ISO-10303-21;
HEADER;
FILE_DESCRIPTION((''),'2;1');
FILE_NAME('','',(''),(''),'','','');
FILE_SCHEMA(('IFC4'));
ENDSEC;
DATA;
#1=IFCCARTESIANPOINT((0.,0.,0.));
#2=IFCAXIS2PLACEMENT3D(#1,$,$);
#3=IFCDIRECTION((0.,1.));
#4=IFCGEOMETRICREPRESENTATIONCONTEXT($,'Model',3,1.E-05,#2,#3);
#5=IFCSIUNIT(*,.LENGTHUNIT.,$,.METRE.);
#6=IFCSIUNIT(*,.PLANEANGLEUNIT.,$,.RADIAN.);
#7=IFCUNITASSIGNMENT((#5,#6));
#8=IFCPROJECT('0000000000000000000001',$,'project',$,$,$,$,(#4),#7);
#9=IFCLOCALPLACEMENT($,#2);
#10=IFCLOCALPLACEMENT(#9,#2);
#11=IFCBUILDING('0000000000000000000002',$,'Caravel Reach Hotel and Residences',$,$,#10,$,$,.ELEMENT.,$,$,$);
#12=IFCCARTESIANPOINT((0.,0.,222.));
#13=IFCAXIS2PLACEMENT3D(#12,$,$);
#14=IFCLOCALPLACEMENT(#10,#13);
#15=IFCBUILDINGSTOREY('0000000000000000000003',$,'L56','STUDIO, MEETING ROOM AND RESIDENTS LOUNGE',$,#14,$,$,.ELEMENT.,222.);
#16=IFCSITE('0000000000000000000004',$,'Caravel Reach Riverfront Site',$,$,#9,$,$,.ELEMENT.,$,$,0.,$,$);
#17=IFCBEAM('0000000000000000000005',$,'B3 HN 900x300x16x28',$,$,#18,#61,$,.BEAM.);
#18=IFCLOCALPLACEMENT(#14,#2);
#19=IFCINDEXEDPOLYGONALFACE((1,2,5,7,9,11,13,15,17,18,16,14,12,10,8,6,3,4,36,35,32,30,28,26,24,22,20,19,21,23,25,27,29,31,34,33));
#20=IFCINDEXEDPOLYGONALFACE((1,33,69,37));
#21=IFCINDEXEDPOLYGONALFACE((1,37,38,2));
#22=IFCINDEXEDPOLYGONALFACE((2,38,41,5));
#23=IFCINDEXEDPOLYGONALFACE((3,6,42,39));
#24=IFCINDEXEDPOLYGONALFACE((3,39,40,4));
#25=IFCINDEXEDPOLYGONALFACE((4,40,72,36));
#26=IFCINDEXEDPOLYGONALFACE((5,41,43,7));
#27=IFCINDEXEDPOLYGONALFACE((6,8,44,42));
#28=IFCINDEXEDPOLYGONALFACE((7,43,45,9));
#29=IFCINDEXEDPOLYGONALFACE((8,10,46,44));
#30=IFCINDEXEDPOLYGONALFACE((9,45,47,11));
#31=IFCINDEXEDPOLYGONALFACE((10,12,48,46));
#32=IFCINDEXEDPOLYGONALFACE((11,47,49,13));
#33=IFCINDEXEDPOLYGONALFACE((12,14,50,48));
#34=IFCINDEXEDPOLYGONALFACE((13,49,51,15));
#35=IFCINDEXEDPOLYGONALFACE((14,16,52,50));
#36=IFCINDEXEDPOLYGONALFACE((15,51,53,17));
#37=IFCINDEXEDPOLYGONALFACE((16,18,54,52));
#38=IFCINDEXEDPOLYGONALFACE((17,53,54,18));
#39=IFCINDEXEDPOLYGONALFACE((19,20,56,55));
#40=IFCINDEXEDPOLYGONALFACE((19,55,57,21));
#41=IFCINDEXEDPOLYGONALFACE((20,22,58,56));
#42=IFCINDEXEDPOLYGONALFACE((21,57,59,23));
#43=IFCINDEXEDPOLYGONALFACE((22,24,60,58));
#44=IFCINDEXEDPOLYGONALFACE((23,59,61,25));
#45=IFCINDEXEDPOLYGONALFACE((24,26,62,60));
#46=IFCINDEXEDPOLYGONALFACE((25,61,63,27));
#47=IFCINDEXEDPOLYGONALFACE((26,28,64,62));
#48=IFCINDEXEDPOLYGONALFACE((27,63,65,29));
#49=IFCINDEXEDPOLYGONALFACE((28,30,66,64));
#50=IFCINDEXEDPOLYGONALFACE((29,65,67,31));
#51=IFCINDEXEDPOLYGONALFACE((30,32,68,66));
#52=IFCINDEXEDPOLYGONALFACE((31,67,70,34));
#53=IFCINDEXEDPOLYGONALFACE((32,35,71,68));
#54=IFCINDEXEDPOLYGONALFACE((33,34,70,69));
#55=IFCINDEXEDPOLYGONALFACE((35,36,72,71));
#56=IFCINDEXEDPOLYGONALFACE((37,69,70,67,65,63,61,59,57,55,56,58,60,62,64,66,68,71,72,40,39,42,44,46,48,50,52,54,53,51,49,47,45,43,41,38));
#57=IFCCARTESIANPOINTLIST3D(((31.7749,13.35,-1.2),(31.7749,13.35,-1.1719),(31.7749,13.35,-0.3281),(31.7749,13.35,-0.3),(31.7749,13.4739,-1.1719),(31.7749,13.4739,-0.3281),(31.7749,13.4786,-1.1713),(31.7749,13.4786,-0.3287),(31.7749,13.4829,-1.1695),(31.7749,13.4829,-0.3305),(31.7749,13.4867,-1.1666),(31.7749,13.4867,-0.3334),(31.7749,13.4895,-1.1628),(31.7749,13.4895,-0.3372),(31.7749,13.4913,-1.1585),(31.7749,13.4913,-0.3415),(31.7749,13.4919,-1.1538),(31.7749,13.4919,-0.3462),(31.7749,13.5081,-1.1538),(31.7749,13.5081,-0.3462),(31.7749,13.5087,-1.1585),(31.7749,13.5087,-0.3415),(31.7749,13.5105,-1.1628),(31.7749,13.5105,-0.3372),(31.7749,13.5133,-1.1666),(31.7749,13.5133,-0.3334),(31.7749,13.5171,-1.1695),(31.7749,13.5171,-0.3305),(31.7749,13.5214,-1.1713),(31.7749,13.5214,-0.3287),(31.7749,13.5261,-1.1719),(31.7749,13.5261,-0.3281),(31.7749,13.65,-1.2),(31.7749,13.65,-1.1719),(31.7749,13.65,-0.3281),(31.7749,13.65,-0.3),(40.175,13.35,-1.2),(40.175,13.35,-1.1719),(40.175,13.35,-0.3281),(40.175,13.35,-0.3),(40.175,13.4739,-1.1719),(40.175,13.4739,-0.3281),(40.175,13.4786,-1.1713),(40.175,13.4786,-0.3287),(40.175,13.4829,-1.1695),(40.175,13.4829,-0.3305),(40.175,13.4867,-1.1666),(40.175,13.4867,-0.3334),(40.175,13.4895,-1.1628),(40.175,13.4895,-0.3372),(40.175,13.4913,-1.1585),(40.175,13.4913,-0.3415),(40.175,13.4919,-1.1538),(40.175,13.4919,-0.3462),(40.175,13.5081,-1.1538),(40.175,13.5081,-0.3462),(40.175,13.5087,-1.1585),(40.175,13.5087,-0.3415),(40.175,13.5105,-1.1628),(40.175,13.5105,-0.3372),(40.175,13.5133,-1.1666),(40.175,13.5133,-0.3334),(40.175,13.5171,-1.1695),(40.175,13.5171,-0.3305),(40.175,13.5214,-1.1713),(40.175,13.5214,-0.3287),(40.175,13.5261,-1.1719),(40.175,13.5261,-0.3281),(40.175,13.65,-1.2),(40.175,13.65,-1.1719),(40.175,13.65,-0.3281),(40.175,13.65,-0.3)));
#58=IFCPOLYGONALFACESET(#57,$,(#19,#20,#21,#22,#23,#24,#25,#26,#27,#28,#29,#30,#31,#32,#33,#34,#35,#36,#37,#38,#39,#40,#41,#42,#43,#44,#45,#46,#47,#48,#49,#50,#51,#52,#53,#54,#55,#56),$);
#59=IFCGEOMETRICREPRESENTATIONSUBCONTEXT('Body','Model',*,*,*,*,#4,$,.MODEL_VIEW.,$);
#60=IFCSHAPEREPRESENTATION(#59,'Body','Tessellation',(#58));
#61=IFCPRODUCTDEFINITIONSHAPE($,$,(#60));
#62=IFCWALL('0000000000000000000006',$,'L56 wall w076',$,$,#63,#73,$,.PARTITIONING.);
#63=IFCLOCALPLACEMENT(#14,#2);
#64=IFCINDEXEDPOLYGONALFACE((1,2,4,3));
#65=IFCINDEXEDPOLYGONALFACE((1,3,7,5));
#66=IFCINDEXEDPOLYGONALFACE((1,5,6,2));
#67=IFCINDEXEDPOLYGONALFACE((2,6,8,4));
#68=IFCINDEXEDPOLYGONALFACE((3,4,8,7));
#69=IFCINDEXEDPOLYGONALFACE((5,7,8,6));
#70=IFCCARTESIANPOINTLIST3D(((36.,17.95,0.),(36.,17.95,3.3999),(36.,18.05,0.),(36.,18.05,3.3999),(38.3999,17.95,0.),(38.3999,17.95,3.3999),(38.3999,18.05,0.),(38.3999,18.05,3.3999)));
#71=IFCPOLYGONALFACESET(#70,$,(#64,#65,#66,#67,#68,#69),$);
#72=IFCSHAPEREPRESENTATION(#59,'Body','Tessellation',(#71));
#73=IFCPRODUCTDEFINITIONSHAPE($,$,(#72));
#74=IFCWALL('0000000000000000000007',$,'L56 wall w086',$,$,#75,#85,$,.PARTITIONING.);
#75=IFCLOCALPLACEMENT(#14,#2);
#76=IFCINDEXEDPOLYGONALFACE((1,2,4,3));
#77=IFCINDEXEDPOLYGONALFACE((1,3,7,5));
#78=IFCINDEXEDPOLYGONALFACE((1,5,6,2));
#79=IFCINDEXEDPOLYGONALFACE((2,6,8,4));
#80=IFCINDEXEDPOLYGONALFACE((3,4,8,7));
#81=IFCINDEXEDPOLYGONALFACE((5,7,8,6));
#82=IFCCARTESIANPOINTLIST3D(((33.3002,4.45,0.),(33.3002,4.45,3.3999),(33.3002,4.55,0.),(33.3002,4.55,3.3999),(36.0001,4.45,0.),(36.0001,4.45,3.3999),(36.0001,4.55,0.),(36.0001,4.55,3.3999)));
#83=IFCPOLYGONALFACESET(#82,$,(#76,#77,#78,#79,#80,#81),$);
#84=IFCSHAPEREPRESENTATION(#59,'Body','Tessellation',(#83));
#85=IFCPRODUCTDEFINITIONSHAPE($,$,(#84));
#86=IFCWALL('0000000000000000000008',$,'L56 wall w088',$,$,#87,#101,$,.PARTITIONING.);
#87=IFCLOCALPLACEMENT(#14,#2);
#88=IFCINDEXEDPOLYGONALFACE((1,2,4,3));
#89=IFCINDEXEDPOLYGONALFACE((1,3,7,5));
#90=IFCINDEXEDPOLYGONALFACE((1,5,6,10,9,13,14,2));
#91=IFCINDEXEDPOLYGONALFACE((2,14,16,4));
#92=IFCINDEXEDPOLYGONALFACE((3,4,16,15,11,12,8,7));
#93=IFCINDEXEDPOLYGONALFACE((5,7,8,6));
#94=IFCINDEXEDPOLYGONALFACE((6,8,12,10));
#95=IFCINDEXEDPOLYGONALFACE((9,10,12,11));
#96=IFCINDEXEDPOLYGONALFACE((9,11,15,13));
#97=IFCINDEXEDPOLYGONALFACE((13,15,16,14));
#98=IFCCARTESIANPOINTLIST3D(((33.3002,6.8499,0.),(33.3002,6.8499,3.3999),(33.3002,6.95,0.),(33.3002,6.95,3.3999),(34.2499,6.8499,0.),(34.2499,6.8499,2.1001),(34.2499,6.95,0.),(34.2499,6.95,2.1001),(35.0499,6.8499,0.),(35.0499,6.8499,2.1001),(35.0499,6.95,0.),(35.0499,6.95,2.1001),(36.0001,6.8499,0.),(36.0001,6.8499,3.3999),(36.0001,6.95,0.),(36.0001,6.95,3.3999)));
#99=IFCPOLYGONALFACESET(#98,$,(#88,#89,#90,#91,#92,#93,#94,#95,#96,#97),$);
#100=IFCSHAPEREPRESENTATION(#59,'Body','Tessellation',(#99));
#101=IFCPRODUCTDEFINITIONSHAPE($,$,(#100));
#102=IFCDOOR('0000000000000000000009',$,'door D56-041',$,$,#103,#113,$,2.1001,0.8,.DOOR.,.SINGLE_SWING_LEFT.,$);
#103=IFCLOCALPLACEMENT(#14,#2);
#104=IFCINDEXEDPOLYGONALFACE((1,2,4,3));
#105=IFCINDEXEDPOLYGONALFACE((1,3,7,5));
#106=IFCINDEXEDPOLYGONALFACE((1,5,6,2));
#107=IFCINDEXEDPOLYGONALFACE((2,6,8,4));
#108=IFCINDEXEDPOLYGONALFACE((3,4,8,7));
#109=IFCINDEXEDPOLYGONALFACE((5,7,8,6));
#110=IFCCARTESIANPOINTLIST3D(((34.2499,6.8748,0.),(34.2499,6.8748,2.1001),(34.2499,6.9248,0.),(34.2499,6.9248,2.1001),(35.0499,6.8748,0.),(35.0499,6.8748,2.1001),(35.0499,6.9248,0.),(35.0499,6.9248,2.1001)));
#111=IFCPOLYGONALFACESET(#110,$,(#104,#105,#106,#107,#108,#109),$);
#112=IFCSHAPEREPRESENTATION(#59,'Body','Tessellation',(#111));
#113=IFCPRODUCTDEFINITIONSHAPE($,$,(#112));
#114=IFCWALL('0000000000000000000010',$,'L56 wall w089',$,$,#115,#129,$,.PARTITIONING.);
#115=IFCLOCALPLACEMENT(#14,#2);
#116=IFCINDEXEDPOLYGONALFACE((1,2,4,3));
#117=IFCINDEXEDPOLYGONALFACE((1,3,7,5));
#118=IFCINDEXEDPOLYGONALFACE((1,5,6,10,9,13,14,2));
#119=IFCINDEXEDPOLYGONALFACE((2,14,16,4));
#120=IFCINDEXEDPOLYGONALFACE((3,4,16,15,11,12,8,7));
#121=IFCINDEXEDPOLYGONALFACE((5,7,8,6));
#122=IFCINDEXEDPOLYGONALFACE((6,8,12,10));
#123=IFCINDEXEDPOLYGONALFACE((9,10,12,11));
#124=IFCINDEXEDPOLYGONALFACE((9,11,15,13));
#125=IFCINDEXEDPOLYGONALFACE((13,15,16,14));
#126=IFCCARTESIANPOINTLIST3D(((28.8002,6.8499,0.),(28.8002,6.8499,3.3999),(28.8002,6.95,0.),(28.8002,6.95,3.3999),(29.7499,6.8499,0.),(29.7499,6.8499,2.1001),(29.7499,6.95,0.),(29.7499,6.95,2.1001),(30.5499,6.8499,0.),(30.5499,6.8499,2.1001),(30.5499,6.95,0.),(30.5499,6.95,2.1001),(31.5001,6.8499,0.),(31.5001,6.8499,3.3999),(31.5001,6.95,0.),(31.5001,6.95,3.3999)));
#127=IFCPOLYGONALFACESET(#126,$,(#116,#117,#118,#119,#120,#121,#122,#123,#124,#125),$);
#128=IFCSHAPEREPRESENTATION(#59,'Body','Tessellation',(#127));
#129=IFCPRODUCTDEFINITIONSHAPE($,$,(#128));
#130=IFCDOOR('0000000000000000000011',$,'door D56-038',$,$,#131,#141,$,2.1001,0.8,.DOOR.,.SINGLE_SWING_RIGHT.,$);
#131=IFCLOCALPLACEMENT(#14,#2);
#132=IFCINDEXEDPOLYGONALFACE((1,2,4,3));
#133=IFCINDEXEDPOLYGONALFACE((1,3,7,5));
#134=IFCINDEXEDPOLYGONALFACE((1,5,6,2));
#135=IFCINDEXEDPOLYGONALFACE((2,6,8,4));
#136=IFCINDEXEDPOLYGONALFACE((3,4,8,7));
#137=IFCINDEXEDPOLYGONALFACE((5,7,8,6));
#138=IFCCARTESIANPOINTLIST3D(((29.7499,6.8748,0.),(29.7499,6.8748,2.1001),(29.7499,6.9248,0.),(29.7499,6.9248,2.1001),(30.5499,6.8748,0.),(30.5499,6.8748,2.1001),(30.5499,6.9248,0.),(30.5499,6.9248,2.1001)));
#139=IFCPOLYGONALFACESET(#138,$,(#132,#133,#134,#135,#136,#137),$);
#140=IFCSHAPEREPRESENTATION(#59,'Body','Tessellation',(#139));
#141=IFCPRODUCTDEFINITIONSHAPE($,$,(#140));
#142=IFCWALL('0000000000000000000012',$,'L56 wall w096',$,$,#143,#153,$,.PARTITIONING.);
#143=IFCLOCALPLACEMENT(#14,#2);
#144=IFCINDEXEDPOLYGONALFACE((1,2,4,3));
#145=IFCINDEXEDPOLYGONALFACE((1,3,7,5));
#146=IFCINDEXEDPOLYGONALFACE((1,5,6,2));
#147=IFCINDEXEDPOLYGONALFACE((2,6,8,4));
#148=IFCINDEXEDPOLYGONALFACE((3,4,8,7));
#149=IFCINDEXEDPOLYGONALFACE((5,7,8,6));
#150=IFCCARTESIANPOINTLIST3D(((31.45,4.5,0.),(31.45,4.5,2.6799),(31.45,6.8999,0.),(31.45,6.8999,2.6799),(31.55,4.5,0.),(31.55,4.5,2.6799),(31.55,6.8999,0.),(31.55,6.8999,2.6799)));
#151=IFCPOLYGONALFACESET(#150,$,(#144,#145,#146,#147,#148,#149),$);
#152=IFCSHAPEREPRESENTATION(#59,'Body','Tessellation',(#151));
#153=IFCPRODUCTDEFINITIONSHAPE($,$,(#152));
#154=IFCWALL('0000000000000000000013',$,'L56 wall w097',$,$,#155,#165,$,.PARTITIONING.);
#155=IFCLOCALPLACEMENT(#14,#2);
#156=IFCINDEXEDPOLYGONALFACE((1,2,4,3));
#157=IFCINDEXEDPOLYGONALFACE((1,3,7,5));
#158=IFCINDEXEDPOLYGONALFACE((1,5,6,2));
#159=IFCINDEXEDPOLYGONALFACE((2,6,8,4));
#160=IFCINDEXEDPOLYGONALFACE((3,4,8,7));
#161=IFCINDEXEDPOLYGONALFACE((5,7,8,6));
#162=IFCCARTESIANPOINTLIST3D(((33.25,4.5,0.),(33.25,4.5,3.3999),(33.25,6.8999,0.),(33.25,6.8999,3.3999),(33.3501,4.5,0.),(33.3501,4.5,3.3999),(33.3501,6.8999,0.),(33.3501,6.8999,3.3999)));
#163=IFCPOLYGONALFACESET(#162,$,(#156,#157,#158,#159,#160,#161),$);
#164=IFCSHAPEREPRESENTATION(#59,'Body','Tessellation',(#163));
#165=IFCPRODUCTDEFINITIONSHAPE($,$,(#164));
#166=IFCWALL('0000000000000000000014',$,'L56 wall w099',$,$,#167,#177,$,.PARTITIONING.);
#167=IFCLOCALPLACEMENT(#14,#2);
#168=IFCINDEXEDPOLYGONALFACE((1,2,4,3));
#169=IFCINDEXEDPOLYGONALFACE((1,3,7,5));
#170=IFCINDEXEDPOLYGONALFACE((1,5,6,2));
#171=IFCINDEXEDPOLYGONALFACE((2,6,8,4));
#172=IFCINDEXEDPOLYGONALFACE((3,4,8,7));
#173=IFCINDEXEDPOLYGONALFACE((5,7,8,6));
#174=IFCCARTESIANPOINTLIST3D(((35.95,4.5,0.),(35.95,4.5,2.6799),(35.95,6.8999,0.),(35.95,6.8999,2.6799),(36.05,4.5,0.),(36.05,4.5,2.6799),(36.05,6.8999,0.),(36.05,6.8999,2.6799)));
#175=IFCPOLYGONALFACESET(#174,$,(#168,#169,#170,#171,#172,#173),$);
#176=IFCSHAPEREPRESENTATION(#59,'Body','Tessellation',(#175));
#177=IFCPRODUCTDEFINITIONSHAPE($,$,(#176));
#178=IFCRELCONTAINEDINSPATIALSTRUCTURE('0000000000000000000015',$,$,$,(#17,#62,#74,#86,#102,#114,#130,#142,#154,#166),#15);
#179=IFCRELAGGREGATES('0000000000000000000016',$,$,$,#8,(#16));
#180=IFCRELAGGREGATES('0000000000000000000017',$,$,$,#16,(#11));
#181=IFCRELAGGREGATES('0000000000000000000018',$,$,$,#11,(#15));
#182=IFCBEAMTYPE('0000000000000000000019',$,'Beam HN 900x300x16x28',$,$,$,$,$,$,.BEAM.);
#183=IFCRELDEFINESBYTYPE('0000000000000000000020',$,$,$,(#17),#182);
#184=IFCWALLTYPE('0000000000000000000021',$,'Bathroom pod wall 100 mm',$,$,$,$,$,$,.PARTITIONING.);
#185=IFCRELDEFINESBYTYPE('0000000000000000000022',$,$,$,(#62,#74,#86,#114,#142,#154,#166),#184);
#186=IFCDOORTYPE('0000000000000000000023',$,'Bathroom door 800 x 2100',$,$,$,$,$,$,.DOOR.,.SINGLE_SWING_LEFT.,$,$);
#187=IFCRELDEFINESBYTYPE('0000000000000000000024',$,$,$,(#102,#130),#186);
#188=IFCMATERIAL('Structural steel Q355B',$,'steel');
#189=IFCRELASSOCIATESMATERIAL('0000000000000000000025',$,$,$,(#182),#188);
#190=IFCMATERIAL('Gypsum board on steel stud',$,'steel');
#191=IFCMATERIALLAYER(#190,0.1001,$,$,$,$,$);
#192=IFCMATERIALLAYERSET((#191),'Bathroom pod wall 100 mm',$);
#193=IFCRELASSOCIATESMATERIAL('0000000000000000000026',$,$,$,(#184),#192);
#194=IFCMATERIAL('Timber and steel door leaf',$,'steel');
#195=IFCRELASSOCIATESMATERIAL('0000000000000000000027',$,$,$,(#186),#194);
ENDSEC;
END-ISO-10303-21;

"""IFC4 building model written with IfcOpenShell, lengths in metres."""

from ifc_helpers import new_model, si_unit, direction, frame, frame_2d, origin, origin_2d, place, context, subcontext, project, spatial, rectangle, i_section, extrude, material, layer, layer_set, material_profile, profile_set, type_object, element, fill, save


model = new_model("IFC4")

# Units and contexts
model_context = context("Model", 3, precision=1e-05, world=origin(), true_north=direction((0.0, 1.0)))
body_context = subcontext(model_context, "Body", "Model", "MODEL_VIEW")
ifc_project = project(units=[si_unit("LENGTHUNIT", "METRE"), si_unit("PLANEANGLEUNIT", "RADIAN")], contexts=[model_context])

# Site, building, storey
site_placement = place(None, origin())
site = spatial("IfcSite", under=ifc_project, at=site_placement, Name="Caravel Reach Riverfront Site", CompositionType="ELEMENT", RefElevation=0.0)
building_placement = place(site_placement, origin())
building = spatial("IfcBuilding", under=site, at=building_placement, Name="Caravel Reach Hotel and Residences", CompositionType="ELEMENT")
storey_placement = place(building_placement, frame((0.0, 0.0, 222.0)))
storey = spatial("IfcBuildingStorey", under=building, at=storey_placement, Name="L56", Description="STUDIO, MEETING ROOM AND RESIDENTS LOUNGE", CompositionType="ELEMENT", Elevation=222.0)

# Beam
ifc_material_1 = material(Name="Structural steel Q355B", Category="steel")
ifc_material_profile_1 = material_profile(ifc_material_1, i_section(OverallWidth=0.3, OverallDepth=0.8999, WebThickness=0.0161, FlangeThickness=0.0281, FilletRadius=0.0181, at=origin_2d()), Name="HN 900x300x16x28")
ifc_profile_set_1 = profile_set([ifc_material_profile_1], Name="Structural steel Q355B")
beam_type_1 = type_object("IfcBeamType", Name="Beam HN 900x300x16x28", PredefinedType="BEAM", material=ifc_profile_set_1)
beam_1_placement = place(storey_placement, frame((31.7749, 13.5, -0.75), z_axis=(1.0, 0.0, 0.0), x_axis=(0.0, 1.0, 0.0)))
element("IfcBeam", 1, at=beam_1_placement, inside=storey, type_object=beam_type_1, Name="B3 HN 900x300x16x28", PredefinedType="BEAM", context=body_context, shape_type="SweptSolid", body=[
    extrude(i_section(OverallWidth=0.3, OverallDepth=0.8999, WebThickness=0.0161, FlangeThickness=0.0281, FilletRadius=0.0181, at=origin_2d()), origin(), (0.0, 0.0, 1.0), 8.4001),
])

# Walls
ifc_material_2 = material(Name="Gypsum board on steel stud", Category="steel")
ifc_layer_1 = layer(ifc_material_2, 0.1001)
ifc_layer_set_1 = layer_set([ifc_layer_1], Name="Bathroom pod wall 100 mm")
wall_type_1 = type_object("IfcWallType", Name="Bathroom pod wall 100 mm", PredefinedType="PARTITIONING", material=ifc_layer_set_1)
wall_1_placement = place(storey_placement, frame((36.0, 18.0, 0.0), z_axis=(0.0, 0.0, 1.0), x_axis=(1.0, 0.0, 0.0)))
element("IfcWall", 2, at=wall_1_placement, inside=storey, type_object=wall_type_1, Name="L56 wall w076", PredefinedType="PARTITIONING", context=body_context, shape_type="SweptSolid", body=[
    extrude(rectangle(XDim=2.3999, YDim=0.1001, at=frame_2d((1.2, 0.0))), origin(), (0.0, 0.0, 1.0), 3.3999),
])
wall_2_placement = place(storey_placement, frame((33.3, 4.5, 0.0), z_axis=(0.0, 0.0, 1.0), x_axis=(1.0, 0.0, 0.0)))
element("IfcWall", 3, at=wall_2_placement, inside=storey, type_object=wall_type_1, Name="L56 wall w086", PredefinedType="PARTITIONING", context=body_context, shape_type="SweptSolid", body=[
    extrude(rectangle(XDim=2.7, YDim=0.1001, at=frame_2d((1.3501, 0.0))), origin(), (0.0, 0.0, 1.0), 3.3999),
])

# Walls, openings, doors
wall_3_placement = place(storey_placement, frame((33.3, 6.8999, 0.0), z_axis=(0.0, 0.0, 1.0), x_axis=(1.0, 0.0, 0.0)))
wall_3 = element("IfcWall", 4, at=wall_3_placement, inside=storey, type_object=wall_type_1, Name="L56 wall w088", PredefinedType="PARTITIONING", context=body_context, shape_type="SweptSolid", body=[
    extrude(rectangle(XDim=2.7, YDim=0.1001, at=frame_2d((1.3501, 0.0))), origin(), (0.0, 0.0, 1.0), 3.3999),
])
opening_1_placement = place(wall_3_placement, frame((0.95, 0.0, 0.0)))
opening_1 = element("IfcOpeningElement", 5, at=opening_1_placement, cuts=wall_3, PredefinedType="OPENING", context=body_context, shape_type="SweptSolid", body=[
    extrude(rectangle(XDim=0.8, YDim=2.1001, at=frame_2d((0.3999, 1.05))), frame((0.0, 0.0601, 0.0), z_axis=(0.0, -1.0, 0.0), x_axis=(1.0, 0.0, 0.0)), (0.0, 0.0, 1.0), 0.1201),
])
ifc_material_3 = material(Name="Timber and steel door leaf", Category="steel")
door_type_1 = type_object("IfcDoorType", Name="Bathroom door 800 x 2100", OperationType="SINGLE_SWING_LEFT", PredefinedType="DOOR", material=ifc_material_3)
door_1_placement = place(opening_1_placement, origin())
door_1 = element("IfcDoor", 6, at=door_1_placement, inside=storey, type_object=door_type_1, Name="door D56-041", OperationType="SINGLE_SWING_LEFT", OverallHeight=2.1001, OverallWidth=0.8, PredefinedType="DOOR", context=body_context, shape_type="SweptSolid", body=[
    extrude(rectangle(XDim=0.8, YDim=2.1001, at=frame_2d((0.3999, 1.05))), frame((0.0, 0.0249, 0.0), z_axis=(0.0, -1.0, 0.0), x_axis=(1.0, 0.0, 0.0)), (0.0, 0.0, 1.0), 0.05),
])
fill(opening_1, door_1)
wall_4_placement = place(storey_placement, frame((28.8, 6.8999, 0.0), z_axis=(0.0, 0.0, 1.0), x_axis=(1.0, 0.0, 0.0)))
wall_4 = element("IfcWall", 7, at=wall_4_placement, inside=storey, type_object=wall_type_1, Name="L56 wall w089", PredefinedType="PARTITIONING", context=body_context, shape_type="SweptSolid", body=[
    extrude(rectangle(XDim=2.7, YDim=0.1001, at=frame_2d((1.3501, 0.0))), origin(), (0.0, 0.0, 1.0), 3.3999),
])
opening_2_placement = place(wall_4_placement, frame((0.95, 0.0, 0.0)))
opening_2 = element("IfcOpeningElement", 8, at=opening_2_placement, cuts=wall_4, PredefinedType="OPENING", context=body_context, shape_type="SweptSolid", body=[
    extrude(rectangle(XDim=0.8, YDim=2.1001, at=frame_2d((0.3999, 1.05))), frame((0.0, 0.0601, 0.0), z_axis=(0.0, -1.0, 0.0), x_axis=(1.0, 0.0, 0.0)), (0.0, 0.0, 1.0), 0.1201),
])
door_2_placement = place(opening_2_placement, origin())
door_2 = element("IfcDoor", 9, at=door_2_placement, inside=storey, type_object=door_type_1, Name="door D56-038", OperationType="SINGLE_SWING_RIGHT", OverallHeight=2.1001, OverallWidth=0.8, PredefinedType="DOOR", context=body_context, shape_type="SweptSolid", body=[
    extrude(rectangle(XDim=0.8, YDim=2.1001, at=frame_2d((0.3999, 1.05))), frame((0.0, 0.0249, 0.0), z_axis=(0.0, -1.0, 0.0), x_axis=(1.0, 0.0, 0.0)), (0.0, 0.0, 1.0), 0.05),
])
fill(opening_2, door_2)

# Walls
wall_5_placement = place(storey_placement, frame((31.5, 4.5, 0.0), z_axis=(0.0, 0.0, 1.0), x_axis=(0.0, 1.0, 0.0)))
element("IfcWall", 10, at=wall_5_placement, inside=storey, type_object=wall_type_1, Name="L56 wall w096", PredefinedType="PARTITIONING", context=body_context, shape_type="SweptSolid", body=[
    extrude(rectangle(XDim=2.3999, YDim=0.1001, at=frame_2d((1.2, 0.0))), origin(), (0.0, 0.0, 1.0), 2.6799),
])
wall_6_placement = place(storey_placement, frame((33.3, 4.5, 0.0), z_axis=(0.0, 0.0, 1.0), x_axis=(0.0, 1.0, 0.0)))
element("IfcWall", 11, at=wall_6_placement, inside=storey, type_object=wall_type_1, Name="L56 wall w097", PredefinedType="PARTITIONING", context=body_context, shape_type="SweptSolid", body=[
    extrude(rectangle(XDim=2.3999, YDim=0.1001, at=frame_2d((1.2, 0.0))), origin(), (0.0, 0.0, 1.0), 3.3999),
])
wall_7_placement = place(storey_placement, frame((36.0, 4.5, 0.0), z_axis=(0.0, 0.0, 1.0), x_axis=(0.0, 1.0, 0.0)))
element("IfcWall", 12, at=wall_7_placement, inside=storey, type_object=wall_type_1, Name="L56 wall w099", PredefinedType="PARTITIONING", context=body_context, shape_type="SweptSolid", body=[
    extrude(rectangle(XDim=2.3999, YDim=0.1001, at=frame_2d((1.2, 0.0))), origin(), (0.0, 0.0, 1.0), 2.6799),
])

save(model, "model.ifc")
